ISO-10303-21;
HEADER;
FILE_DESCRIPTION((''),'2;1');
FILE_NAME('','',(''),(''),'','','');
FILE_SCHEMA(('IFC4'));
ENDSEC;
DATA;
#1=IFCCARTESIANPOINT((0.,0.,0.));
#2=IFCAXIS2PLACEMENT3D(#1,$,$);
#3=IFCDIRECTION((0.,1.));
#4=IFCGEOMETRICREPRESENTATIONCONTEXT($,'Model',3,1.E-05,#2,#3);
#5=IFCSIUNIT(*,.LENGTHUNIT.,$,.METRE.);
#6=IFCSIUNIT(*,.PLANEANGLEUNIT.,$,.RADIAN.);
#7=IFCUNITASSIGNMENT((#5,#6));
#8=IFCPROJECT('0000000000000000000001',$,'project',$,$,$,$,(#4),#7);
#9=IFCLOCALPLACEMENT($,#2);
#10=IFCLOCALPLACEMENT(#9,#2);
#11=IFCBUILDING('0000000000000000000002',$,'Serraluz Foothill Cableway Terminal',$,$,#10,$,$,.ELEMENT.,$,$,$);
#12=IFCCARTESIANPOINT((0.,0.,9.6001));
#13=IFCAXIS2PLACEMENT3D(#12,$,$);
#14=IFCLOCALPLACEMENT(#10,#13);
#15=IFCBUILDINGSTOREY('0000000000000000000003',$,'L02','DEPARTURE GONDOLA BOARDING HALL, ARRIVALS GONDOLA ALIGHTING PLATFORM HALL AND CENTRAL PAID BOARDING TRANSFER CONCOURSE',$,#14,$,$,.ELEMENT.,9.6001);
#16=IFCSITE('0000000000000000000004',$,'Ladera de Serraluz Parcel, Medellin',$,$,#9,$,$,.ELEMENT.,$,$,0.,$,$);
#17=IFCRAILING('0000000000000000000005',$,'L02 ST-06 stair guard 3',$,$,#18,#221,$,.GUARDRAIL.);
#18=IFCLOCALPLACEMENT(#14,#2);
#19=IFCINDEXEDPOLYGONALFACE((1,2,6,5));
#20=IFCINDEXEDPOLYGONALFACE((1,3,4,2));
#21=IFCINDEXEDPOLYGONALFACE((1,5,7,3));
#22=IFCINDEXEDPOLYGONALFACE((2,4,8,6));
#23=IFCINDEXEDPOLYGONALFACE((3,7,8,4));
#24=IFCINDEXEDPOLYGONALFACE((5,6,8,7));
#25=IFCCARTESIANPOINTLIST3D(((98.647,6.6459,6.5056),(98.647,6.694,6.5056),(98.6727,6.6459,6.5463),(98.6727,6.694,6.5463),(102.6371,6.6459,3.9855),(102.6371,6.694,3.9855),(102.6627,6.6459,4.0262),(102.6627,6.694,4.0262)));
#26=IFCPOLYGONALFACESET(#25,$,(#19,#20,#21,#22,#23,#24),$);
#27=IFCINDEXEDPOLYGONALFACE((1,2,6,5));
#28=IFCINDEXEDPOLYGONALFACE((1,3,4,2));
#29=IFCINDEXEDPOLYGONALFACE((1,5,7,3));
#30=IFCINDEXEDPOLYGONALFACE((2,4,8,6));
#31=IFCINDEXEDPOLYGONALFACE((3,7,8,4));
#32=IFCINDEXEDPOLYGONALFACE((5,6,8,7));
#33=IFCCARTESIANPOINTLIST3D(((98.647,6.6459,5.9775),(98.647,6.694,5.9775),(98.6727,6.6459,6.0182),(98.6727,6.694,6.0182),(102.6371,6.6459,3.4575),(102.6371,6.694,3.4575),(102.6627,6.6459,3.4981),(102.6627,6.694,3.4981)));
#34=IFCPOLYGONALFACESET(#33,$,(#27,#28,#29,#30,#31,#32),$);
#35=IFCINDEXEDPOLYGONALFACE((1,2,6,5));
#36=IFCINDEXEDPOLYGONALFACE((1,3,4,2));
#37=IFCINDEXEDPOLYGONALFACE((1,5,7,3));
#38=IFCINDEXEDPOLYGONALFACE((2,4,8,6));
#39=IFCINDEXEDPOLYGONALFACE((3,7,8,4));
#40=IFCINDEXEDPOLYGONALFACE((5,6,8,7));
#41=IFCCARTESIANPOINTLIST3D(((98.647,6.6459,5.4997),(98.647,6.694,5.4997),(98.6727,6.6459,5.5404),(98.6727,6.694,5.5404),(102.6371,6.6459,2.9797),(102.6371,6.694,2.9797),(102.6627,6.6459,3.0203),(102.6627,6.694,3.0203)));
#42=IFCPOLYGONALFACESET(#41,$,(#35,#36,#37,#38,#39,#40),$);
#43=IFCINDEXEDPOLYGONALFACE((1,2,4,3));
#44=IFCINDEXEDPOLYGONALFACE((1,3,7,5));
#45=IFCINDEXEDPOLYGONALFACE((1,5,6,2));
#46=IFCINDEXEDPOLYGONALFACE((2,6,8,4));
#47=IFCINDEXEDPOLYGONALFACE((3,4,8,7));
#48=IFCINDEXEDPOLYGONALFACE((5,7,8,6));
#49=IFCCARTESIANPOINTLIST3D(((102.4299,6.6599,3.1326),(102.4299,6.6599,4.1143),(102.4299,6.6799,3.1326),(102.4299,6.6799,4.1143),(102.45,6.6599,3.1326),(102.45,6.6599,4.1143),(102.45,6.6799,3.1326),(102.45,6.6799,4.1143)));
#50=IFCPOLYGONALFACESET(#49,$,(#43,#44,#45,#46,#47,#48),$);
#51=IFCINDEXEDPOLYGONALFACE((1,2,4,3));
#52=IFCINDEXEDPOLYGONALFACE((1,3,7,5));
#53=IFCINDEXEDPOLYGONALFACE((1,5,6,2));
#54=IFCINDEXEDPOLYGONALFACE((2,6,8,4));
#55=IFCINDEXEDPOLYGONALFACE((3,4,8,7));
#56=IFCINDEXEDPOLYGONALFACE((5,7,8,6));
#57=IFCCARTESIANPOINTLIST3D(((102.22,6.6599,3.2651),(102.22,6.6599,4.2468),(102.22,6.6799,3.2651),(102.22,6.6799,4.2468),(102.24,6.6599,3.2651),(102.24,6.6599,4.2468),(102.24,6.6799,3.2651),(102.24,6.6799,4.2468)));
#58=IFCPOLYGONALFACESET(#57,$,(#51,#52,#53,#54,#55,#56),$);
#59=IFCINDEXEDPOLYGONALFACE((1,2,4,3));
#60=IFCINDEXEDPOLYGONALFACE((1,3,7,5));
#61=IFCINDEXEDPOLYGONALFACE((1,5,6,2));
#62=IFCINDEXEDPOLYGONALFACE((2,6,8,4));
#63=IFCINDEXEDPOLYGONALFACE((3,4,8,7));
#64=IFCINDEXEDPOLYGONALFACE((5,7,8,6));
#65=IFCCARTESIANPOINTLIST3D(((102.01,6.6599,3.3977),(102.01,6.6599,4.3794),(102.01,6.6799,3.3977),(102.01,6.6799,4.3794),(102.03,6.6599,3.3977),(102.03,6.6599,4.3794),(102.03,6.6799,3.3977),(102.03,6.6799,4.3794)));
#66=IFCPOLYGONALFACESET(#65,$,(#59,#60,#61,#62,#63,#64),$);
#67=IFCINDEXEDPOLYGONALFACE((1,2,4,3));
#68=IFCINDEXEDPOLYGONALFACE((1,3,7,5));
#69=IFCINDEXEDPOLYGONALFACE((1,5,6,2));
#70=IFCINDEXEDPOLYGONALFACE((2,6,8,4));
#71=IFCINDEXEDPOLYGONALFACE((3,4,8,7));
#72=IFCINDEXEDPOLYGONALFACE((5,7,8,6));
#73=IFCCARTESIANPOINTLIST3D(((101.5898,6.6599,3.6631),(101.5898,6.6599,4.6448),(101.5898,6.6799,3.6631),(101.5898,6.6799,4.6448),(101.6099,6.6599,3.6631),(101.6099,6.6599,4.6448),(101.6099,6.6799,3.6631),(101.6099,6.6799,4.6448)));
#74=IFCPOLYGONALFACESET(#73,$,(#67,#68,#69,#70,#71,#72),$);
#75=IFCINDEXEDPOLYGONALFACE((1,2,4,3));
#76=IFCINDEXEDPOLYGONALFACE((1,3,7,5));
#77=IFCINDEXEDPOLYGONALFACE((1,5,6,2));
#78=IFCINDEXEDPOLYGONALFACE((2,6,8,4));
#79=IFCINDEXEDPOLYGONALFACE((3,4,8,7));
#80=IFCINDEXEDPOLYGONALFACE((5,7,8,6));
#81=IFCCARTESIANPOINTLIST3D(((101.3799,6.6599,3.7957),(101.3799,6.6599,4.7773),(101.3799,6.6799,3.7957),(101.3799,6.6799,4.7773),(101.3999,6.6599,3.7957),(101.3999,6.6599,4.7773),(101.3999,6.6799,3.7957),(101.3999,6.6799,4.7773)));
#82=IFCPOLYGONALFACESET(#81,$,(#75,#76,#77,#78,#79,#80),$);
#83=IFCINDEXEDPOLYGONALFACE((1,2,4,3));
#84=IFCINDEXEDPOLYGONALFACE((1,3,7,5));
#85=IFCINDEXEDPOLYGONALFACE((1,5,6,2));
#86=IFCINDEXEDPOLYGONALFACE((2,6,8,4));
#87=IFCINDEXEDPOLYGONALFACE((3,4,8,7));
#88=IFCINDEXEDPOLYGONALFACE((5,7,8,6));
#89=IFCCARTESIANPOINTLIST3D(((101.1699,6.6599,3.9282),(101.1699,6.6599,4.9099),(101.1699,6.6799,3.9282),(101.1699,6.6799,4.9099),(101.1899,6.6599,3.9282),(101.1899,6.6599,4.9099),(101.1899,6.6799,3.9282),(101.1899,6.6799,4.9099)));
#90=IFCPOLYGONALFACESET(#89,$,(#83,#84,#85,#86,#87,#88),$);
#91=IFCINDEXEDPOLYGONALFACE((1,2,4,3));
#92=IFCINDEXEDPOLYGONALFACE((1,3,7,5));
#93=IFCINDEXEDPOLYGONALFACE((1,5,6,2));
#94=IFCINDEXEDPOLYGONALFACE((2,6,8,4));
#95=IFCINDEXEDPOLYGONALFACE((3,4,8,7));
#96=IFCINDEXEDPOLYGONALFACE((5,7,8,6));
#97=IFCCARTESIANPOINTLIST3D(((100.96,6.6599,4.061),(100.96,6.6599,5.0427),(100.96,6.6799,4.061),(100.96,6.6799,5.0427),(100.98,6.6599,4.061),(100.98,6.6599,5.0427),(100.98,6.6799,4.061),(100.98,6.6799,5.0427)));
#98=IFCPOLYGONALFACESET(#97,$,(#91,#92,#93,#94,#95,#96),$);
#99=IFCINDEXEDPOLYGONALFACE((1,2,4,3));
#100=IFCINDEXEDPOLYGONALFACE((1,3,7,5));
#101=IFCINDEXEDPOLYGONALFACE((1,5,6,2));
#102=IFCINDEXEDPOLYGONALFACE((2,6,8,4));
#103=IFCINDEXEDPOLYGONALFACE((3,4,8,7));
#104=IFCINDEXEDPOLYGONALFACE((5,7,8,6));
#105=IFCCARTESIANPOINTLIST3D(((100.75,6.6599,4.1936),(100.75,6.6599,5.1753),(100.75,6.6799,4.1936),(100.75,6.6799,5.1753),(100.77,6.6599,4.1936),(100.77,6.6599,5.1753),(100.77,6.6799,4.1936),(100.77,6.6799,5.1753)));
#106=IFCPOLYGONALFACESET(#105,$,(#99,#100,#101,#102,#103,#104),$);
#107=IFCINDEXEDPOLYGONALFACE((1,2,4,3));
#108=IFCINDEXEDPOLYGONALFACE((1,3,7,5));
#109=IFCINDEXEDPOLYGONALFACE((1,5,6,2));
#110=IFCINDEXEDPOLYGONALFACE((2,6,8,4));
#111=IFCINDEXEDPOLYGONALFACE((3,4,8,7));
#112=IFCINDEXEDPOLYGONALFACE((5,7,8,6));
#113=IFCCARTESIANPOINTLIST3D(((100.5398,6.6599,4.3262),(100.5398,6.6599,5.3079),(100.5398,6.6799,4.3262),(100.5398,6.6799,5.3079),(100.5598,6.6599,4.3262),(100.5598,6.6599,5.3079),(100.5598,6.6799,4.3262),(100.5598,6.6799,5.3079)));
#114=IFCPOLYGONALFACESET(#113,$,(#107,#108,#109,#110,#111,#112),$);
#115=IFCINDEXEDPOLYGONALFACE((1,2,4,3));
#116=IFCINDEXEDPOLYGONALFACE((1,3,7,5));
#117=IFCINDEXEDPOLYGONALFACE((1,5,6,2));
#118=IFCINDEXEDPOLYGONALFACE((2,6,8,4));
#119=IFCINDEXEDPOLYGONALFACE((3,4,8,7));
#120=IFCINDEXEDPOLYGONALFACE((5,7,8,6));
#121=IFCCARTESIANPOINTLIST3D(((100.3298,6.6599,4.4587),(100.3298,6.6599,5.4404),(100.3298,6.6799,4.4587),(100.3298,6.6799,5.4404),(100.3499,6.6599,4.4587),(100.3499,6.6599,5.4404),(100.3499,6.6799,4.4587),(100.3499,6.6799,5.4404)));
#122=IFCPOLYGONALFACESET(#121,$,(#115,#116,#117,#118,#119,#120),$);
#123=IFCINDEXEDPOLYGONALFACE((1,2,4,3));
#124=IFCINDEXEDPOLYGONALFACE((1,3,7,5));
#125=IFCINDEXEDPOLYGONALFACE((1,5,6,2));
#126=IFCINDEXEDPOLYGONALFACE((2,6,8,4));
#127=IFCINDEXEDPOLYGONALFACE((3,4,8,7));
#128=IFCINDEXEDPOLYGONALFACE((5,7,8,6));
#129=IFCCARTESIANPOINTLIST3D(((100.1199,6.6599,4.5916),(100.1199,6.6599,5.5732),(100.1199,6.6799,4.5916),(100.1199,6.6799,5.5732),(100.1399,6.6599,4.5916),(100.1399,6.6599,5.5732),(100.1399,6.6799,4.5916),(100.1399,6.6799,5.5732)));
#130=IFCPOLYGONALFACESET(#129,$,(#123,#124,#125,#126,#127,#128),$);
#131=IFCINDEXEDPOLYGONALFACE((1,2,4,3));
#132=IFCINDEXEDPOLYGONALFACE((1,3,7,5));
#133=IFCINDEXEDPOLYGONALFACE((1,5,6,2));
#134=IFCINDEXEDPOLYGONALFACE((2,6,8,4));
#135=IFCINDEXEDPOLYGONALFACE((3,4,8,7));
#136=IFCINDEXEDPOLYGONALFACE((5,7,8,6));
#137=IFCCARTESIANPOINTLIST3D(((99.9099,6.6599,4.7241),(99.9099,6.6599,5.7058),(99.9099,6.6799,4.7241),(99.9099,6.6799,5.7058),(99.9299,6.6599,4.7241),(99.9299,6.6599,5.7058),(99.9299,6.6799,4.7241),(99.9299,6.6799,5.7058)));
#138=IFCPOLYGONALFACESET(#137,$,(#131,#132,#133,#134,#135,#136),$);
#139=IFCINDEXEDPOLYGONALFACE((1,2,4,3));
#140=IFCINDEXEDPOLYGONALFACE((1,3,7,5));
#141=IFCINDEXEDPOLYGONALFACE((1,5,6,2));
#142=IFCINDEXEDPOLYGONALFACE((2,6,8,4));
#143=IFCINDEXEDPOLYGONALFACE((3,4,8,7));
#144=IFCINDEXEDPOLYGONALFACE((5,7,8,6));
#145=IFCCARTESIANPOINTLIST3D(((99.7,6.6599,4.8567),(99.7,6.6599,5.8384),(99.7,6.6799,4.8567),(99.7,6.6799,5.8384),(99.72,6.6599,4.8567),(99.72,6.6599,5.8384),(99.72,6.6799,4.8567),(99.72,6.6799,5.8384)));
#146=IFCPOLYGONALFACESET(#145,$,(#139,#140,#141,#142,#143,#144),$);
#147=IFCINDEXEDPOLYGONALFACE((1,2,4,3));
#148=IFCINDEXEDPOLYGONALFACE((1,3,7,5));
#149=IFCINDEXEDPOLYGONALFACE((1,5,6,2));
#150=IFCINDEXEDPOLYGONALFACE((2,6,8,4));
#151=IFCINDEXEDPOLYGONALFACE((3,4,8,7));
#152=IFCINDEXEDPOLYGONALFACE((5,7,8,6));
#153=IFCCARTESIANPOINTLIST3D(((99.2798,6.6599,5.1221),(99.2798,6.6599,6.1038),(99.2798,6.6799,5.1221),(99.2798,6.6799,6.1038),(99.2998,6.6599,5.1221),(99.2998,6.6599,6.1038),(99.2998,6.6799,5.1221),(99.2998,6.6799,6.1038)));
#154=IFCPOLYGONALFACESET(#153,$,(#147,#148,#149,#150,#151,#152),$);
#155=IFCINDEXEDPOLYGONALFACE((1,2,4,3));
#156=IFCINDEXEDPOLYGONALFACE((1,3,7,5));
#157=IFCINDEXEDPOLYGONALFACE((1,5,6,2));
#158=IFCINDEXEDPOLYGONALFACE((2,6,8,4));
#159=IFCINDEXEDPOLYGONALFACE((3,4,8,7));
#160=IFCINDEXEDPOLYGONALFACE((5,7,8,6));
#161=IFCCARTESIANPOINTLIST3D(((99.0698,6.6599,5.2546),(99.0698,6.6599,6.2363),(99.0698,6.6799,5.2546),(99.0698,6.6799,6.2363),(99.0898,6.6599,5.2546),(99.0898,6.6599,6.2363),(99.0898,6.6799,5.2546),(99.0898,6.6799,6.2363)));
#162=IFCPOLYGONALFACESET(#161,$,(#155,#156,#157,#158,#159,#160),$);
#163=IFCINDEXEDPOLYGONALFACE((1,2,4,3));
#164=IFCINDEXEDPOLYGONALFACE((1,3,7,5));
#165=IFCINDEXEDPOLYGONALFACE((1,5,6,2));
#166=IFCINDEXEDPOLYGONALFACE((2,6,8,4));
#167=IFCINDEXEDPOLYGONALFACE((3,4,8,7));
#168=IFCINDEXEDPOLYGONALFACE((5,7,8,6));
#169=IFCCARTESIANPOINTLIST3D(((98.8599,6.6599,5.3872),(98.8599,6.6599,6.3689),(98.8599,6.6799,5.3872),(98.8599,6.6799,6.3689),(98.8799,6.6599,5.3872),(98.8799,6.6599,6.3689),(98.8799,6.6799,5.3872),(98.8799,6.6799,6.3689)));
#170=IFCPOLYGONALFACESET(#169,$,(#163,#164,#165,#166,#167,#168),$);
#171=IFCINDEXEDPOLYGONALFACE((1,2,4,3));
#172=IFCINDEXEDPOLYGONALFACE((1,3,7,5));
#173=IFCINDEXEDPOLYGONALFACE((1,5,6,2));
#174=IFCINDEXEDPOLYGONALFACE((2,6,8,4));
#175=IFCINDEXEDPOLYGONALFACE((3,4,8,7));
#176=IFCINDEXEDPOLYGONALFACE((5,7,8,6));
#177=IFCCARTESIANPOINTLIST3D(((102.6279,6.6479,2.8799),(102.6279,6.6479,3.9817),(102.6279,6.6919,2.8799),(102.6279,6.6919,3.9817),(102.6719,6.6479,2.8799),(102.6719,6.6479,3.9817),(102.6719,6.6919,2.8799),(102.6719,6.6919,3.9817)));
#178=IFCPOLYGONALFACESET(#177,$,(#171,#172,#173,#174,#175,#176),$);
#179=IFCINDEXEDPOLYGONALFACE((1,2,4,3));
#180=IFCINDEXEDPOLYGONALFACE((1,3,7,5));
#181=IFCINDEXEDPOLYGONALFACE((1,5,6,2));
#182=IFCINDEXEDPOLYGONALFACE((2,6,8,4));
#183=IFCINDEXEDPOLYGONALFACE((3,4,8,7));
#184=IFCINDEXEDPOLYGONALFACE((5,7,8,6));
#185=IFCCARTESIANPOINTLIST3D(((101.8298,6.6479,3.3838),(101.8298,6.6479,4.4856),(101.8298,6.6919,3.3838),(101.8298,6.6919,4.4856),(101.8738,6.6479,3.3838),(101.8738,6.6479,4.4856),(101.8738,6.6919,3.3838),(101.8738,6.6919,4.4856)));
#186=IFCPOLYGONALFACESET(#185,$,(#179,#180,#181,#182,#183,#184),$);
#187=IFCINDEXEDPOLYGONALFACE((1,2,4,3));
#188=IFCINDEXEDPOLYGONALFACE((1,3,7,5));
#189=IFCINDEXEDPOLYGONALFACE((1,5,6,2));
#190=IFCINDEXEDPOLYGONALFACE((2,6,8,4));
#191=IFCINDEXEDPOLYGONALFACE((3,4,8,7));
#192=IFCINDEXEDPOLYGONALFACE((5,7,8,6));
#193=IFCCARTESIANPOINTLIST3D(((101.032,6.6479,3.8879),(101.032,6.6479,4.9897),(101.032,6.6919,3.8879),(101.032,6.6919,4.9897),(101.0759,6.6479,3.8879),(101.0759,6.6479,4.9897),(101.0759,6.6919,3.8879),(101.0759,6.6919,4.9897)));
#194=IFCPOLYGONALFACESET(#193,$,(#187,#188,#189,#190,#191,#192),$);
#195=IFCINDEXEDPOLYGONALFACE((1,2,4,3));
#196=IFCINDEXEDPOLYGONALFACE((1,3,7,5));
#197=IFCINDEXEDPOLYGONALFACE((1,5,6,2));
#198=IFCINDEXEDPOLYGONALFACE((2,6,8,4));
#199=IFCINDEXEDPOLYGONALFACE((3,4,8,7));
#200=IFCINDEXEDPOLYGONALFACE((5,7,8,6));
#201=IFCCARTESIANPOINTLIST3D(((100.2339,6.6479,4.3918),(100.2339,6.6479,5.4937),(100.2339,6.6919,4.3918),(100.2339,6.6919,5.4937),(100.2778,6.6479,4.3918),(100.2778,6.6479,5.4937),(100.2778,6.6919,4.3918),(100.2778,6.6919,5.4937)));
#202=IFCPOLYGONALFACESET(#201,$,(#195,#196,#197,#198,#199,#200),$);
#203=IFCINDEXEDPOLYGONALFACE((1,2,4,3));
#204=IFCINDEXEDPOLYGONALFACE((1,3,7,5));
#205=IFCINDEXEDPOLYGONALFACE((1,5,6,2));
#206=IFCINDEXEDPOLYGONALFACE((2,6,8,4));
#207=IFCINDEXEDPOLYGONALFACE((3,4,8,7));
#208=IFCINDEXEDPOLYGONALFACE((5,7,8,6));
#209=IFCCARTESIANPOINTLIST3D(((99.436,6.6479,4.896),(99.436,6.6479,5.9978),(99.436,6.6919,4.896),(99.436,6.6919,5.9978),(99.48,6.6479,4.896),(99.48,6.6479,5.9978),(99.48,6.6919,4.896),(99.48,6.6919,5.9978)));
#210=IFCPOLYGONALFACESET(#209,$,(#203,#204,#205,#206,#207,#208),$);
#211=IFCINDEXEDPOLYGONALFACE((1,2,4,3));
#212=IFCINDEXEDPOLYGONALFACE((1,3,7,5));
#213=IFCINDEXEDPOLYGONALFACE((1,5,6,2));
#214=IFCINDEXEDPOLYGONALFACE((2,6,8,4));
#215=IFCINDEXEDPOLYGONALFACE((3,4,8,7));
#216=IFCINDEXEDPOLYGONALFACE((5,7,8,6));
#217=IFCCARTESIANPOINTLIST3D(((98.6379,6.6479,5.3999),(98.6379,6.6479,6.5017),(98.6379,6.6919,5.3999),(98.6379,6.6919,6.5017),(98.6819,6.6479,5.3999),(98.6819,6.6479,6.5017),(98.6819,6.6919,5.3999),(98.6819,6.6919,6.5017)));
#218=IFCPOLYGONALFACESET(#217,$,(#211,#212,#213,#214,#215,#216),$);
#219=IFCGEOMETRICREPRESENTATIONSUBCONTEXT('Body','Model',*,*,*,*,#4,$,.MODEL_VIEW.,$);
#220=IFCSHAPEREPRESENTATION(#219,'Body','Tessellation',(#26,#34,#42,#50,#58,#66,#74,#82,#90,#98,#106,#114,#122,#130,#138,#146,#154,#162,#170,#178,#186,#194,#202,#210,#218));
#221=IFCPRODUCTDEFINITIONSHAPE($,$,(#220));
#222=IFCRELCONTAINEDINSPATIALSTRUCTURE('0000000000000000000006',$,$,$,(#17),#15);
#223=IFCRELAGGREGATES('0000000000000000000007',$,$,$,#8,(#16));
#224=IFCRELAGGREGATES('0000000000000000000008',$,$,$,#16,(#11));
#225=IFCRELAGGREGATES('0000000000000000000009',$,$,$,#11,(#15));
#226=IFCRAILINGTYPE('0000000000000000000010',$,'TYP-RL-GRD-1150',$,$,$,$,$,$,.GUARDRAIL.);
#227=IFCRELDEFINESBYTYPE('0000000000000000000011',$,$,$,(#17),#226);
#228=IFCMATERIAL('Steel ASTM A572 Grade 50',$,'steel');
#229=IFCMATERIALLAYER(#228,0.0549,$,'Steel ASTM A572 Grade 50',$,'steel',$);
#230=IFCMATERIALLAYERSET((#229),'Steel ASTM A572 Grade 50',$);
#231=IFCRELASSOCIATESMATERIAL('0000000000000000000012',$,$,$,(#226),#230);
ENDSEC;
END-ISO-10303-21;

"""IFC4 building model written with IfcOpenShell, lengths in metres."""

from ifc_helpers import new_model, si_unit, direction, frame, origin, origin_2d, place, context, subcontext, project, spatial, rectangle, extrude, material, layer, layer_set, type_object, element, save


model = new_model("IFC4")

# Units and contexts
model_context = context("Model", 3, precision=1e-05, world=origin(), true_north=direction((0.0, 1.0)))
body_context = subcontext(model_context, "Body", "Model", "MODEL_VIEW")
ifc_project = project(units=[si_unit("LENGTHUNIT", "METRE"), si_unit("PLANEANGLEUNIT", "RADIAN")], contexts=[model_context])

# Site, building, storey
site_placement = place(None, origin())
site = spatial("IfcSite", under=ifc_project, at=site_placement, Name="Ladera de Serraluz Parcel, Medellin", CompositionType="ELEMENT", RefElevation=0.0)
building_placement = place(site_placement, origin())
building = spatial("IfcBuilding", under=site, at=building_placement, Name="Serraluz Foothill Cableway Terminal", CompositionType="ELEMENT")
storey_placement = place(building_placement, frame((0.0, 0.0, 9.6001)))
storey = spatial("IfcBuildingStorey", under=building, at=storey_placement, Name="L02", Description="DEPARTURE GONDOLA BOARDING HALL, ARRIVALS GONDOLA ALIGHTING PLATFORM HALL AND CENTRAL PAID BOARDING TRANSFER CONCOURSE", CompositionType="ELEMENT", Elevation=9.6001)

# Shared definitions
ifc_material_1 = material(Name="Steel ASTM A572 Grade 50", Category="steel")

# Railing
ifc_layer_1 = layer(ifc_material_1, 0.0549, Name="Steel ASTM A572 Grade 50", Category="steel")
ifc_layer_set_1 = layer_set([ifc_layer_1], Name="Steel ASTM A572 Grade 50")
railing_type_1 = type_object("IfcRailingType", Name="TYP-RL-GRD-1150", PredefinedType="GUARDRAIL", material=ifc_layer_set_1)
railing_1_placement = place(storey_placement, frame((102.6499, 6.6699, 2.8799)))
element("IfcRailing", 1, at=railing_1_placement, inside=storey, type_object=railing_type_1, Name="L02 ST-06 stair guard 3", PredefinedType="GUARDRAIL", context=body_context, shape_type="SweptSolid", body=[
    extrude(rectangle(XDim=0.0481, YDim=0.0481, at=origin_2d()), frame((0.0, 0.0, 1.126), z_axis=(-0.845486, 0.0, 0.533997), x_axis=(0.0, -1.0, 0.0)), (0.0, 0.0, 1.0), 4.7192),
    extrude(rectangle(XDim=0.0481, YDim=0.0481, at=origin_2d()), frame((0.0, 0.0, 0.5979), z_axis=(-0.845486, 0.0, 0.533997), x_axis=(0.0, -1.0, 0.0)), (0.0, 0.0, 1.0), 4.7192),
    extrude(rectangle(XDim=0.0481, YDim=0.0481, at=origin_2d()), frame((0.0, 0.0, 0.1201), z_axis=(-0.845486, 0.0, 0.533997), x_axis=(0.0, -1.0, 0.0)), (0.0, 0.0, 1.0), 4.7192),
    extrude(rectangle(XDim=0.02, YDim=0.02, at=origin_2d()), frame((-0.21, 0.0, 0.2527)), (0.0, 0.0, 1.0), 0.9817),
    extrude(rectangle(XDim=0.02, YDim=0.02, at=origin_2d()), frame((-0.4199, 0.0, 0.3853)), (0.0, 0.0, 1.0), 0.9817),
    extrude(rectangle(XDim=0.02, YDim=0.02, at=origin_2d()), frame((-0.6299, 0.0, 0.5178)), (0.0, 0.0, 1.0), 0.9817),
    extrude(rectangle(XDim=0.02, YDim=0.02, at=origin_2d()), frame((-1.05, 0.0, 0.7832)), (0.0, 0.0, 1.0), 0.9817),
    extrude(rectangle(XDim=0.02, YDim=0.02, at=origin_2d()), frame((-1.26, 0.0, 0.9158)), (0.0, 0.0, 1.0), 0.9817),
    extrude(rectangle(XDim=0.02, YDim=0.02, at=origin_2d()), frame((-1.47, 0.0, 1.0483)), (0.0, 0.0, 1.0), 0.9817),
    extrude(rectangle(XDim=0.02, YDim=0.02, at=origin_2d()), frame((-1.6799, 0.0, 1.1812)), (0.0, 0.0, 1.0), 0.9817),
    extrude(rectangle(XDim=0.02, YDim=0.02, at=origin_2d()), frame((-1.8899, 0.0, 1.3137)), (0.0, 0.0, 1.0), 0.9817),
    extrude(rectangle(XDim=0.02, YDim=0.02, at=origin_2d()), frame((-2.1001, 0.0, 1.4463)), (0.0, 0.0, 1.0), 0.9817),
    extrude(rectangle(XDim=0.02, YDim=0.02, at=origin_2d()), frame((-2.3101, 0.0, 1.5789)), (0.0, 0.0, 1.0), 0.9817),
    extrude(rectangle(XDim=0.02, YDim=0.02, at=origin_2d()), frame((-2.52, 0.0, 1.7117)), (0.0, 0.0, 1.0), 0.9817),
    extrude(rectangle(XDim=0.02, YDim=0.02, at=origin_2d()), frame((-2.73, 0.0, 1.8442)), (0.0, 0.0, 1.0), 0.9817),
    extrude(rectangle(XDim=0.02, YDim=0.02, at=origin_2d()), frame((-2.9399, 0.0, 1.9768)), (0.0, 0.0, 1.0), 0.9817),
    extrude(rectangle(XDim=0.02, YDim=0.02, at=origin_2d()), frame((-3.3601, 0.0, 2.2422)), (0.0, 0.0, 1.0), 0.9817),
    extrude(rectangle(XDim=0.02, YDim=0.02, at=origin_2d()), frame((-3.5701, 0.0, 2.3748)), (0.0, 0.0, 1.0), 0.9817),
    extrude(rectangle(XDim=0.02, YDim=0.02, at=origin_2d()), frame((-3.78, 0.0, 2.5073)), (0.0, 0.0, 1.0), 0.9817),
    extrude(rectangle(XDim=0.0439, YDim=0.0439, at=origin_2d()), origin(), (0.0, 0.0, 1.0), 1.1018),
    extrude(rectangle(XDim=0.0439, YDim=0.0439, at=origin_2d()), frame((-0.7981, 0.0, 0.5039)), (0.0, 0.0, 1.0), 1.1018),
    extrude(rectangle(XDim=0.0439, YDim=0.0439, at=origin_2d()), frame((-1.5959, 0.0, 1.0081)), (0.0, 0.0, 1.0), 1.1018),
    extrude(rectangle(XDim=0.0439, YDim=0.0439, at=origin_2d()), frame((-2.394, 0.0, 1.512)), (0.0, 0.0, 1.0), 1.1018),
    extrude(rectangle(XDim=0.0439, YDim=0.0439, at=origin_2d()), frame((-3.1919, 0.0, 2.0161)), (0.0, 0.0, 1.0), 1.1018),
    extrude(rectangle(XDim=0.0439, YDim=0.0439, at=origin_2d()), frame((-3.99, 0.0, 2.52)), (0.0, 0.0, 1.0), 1.1018),
])

save(model, "model.ifc")
